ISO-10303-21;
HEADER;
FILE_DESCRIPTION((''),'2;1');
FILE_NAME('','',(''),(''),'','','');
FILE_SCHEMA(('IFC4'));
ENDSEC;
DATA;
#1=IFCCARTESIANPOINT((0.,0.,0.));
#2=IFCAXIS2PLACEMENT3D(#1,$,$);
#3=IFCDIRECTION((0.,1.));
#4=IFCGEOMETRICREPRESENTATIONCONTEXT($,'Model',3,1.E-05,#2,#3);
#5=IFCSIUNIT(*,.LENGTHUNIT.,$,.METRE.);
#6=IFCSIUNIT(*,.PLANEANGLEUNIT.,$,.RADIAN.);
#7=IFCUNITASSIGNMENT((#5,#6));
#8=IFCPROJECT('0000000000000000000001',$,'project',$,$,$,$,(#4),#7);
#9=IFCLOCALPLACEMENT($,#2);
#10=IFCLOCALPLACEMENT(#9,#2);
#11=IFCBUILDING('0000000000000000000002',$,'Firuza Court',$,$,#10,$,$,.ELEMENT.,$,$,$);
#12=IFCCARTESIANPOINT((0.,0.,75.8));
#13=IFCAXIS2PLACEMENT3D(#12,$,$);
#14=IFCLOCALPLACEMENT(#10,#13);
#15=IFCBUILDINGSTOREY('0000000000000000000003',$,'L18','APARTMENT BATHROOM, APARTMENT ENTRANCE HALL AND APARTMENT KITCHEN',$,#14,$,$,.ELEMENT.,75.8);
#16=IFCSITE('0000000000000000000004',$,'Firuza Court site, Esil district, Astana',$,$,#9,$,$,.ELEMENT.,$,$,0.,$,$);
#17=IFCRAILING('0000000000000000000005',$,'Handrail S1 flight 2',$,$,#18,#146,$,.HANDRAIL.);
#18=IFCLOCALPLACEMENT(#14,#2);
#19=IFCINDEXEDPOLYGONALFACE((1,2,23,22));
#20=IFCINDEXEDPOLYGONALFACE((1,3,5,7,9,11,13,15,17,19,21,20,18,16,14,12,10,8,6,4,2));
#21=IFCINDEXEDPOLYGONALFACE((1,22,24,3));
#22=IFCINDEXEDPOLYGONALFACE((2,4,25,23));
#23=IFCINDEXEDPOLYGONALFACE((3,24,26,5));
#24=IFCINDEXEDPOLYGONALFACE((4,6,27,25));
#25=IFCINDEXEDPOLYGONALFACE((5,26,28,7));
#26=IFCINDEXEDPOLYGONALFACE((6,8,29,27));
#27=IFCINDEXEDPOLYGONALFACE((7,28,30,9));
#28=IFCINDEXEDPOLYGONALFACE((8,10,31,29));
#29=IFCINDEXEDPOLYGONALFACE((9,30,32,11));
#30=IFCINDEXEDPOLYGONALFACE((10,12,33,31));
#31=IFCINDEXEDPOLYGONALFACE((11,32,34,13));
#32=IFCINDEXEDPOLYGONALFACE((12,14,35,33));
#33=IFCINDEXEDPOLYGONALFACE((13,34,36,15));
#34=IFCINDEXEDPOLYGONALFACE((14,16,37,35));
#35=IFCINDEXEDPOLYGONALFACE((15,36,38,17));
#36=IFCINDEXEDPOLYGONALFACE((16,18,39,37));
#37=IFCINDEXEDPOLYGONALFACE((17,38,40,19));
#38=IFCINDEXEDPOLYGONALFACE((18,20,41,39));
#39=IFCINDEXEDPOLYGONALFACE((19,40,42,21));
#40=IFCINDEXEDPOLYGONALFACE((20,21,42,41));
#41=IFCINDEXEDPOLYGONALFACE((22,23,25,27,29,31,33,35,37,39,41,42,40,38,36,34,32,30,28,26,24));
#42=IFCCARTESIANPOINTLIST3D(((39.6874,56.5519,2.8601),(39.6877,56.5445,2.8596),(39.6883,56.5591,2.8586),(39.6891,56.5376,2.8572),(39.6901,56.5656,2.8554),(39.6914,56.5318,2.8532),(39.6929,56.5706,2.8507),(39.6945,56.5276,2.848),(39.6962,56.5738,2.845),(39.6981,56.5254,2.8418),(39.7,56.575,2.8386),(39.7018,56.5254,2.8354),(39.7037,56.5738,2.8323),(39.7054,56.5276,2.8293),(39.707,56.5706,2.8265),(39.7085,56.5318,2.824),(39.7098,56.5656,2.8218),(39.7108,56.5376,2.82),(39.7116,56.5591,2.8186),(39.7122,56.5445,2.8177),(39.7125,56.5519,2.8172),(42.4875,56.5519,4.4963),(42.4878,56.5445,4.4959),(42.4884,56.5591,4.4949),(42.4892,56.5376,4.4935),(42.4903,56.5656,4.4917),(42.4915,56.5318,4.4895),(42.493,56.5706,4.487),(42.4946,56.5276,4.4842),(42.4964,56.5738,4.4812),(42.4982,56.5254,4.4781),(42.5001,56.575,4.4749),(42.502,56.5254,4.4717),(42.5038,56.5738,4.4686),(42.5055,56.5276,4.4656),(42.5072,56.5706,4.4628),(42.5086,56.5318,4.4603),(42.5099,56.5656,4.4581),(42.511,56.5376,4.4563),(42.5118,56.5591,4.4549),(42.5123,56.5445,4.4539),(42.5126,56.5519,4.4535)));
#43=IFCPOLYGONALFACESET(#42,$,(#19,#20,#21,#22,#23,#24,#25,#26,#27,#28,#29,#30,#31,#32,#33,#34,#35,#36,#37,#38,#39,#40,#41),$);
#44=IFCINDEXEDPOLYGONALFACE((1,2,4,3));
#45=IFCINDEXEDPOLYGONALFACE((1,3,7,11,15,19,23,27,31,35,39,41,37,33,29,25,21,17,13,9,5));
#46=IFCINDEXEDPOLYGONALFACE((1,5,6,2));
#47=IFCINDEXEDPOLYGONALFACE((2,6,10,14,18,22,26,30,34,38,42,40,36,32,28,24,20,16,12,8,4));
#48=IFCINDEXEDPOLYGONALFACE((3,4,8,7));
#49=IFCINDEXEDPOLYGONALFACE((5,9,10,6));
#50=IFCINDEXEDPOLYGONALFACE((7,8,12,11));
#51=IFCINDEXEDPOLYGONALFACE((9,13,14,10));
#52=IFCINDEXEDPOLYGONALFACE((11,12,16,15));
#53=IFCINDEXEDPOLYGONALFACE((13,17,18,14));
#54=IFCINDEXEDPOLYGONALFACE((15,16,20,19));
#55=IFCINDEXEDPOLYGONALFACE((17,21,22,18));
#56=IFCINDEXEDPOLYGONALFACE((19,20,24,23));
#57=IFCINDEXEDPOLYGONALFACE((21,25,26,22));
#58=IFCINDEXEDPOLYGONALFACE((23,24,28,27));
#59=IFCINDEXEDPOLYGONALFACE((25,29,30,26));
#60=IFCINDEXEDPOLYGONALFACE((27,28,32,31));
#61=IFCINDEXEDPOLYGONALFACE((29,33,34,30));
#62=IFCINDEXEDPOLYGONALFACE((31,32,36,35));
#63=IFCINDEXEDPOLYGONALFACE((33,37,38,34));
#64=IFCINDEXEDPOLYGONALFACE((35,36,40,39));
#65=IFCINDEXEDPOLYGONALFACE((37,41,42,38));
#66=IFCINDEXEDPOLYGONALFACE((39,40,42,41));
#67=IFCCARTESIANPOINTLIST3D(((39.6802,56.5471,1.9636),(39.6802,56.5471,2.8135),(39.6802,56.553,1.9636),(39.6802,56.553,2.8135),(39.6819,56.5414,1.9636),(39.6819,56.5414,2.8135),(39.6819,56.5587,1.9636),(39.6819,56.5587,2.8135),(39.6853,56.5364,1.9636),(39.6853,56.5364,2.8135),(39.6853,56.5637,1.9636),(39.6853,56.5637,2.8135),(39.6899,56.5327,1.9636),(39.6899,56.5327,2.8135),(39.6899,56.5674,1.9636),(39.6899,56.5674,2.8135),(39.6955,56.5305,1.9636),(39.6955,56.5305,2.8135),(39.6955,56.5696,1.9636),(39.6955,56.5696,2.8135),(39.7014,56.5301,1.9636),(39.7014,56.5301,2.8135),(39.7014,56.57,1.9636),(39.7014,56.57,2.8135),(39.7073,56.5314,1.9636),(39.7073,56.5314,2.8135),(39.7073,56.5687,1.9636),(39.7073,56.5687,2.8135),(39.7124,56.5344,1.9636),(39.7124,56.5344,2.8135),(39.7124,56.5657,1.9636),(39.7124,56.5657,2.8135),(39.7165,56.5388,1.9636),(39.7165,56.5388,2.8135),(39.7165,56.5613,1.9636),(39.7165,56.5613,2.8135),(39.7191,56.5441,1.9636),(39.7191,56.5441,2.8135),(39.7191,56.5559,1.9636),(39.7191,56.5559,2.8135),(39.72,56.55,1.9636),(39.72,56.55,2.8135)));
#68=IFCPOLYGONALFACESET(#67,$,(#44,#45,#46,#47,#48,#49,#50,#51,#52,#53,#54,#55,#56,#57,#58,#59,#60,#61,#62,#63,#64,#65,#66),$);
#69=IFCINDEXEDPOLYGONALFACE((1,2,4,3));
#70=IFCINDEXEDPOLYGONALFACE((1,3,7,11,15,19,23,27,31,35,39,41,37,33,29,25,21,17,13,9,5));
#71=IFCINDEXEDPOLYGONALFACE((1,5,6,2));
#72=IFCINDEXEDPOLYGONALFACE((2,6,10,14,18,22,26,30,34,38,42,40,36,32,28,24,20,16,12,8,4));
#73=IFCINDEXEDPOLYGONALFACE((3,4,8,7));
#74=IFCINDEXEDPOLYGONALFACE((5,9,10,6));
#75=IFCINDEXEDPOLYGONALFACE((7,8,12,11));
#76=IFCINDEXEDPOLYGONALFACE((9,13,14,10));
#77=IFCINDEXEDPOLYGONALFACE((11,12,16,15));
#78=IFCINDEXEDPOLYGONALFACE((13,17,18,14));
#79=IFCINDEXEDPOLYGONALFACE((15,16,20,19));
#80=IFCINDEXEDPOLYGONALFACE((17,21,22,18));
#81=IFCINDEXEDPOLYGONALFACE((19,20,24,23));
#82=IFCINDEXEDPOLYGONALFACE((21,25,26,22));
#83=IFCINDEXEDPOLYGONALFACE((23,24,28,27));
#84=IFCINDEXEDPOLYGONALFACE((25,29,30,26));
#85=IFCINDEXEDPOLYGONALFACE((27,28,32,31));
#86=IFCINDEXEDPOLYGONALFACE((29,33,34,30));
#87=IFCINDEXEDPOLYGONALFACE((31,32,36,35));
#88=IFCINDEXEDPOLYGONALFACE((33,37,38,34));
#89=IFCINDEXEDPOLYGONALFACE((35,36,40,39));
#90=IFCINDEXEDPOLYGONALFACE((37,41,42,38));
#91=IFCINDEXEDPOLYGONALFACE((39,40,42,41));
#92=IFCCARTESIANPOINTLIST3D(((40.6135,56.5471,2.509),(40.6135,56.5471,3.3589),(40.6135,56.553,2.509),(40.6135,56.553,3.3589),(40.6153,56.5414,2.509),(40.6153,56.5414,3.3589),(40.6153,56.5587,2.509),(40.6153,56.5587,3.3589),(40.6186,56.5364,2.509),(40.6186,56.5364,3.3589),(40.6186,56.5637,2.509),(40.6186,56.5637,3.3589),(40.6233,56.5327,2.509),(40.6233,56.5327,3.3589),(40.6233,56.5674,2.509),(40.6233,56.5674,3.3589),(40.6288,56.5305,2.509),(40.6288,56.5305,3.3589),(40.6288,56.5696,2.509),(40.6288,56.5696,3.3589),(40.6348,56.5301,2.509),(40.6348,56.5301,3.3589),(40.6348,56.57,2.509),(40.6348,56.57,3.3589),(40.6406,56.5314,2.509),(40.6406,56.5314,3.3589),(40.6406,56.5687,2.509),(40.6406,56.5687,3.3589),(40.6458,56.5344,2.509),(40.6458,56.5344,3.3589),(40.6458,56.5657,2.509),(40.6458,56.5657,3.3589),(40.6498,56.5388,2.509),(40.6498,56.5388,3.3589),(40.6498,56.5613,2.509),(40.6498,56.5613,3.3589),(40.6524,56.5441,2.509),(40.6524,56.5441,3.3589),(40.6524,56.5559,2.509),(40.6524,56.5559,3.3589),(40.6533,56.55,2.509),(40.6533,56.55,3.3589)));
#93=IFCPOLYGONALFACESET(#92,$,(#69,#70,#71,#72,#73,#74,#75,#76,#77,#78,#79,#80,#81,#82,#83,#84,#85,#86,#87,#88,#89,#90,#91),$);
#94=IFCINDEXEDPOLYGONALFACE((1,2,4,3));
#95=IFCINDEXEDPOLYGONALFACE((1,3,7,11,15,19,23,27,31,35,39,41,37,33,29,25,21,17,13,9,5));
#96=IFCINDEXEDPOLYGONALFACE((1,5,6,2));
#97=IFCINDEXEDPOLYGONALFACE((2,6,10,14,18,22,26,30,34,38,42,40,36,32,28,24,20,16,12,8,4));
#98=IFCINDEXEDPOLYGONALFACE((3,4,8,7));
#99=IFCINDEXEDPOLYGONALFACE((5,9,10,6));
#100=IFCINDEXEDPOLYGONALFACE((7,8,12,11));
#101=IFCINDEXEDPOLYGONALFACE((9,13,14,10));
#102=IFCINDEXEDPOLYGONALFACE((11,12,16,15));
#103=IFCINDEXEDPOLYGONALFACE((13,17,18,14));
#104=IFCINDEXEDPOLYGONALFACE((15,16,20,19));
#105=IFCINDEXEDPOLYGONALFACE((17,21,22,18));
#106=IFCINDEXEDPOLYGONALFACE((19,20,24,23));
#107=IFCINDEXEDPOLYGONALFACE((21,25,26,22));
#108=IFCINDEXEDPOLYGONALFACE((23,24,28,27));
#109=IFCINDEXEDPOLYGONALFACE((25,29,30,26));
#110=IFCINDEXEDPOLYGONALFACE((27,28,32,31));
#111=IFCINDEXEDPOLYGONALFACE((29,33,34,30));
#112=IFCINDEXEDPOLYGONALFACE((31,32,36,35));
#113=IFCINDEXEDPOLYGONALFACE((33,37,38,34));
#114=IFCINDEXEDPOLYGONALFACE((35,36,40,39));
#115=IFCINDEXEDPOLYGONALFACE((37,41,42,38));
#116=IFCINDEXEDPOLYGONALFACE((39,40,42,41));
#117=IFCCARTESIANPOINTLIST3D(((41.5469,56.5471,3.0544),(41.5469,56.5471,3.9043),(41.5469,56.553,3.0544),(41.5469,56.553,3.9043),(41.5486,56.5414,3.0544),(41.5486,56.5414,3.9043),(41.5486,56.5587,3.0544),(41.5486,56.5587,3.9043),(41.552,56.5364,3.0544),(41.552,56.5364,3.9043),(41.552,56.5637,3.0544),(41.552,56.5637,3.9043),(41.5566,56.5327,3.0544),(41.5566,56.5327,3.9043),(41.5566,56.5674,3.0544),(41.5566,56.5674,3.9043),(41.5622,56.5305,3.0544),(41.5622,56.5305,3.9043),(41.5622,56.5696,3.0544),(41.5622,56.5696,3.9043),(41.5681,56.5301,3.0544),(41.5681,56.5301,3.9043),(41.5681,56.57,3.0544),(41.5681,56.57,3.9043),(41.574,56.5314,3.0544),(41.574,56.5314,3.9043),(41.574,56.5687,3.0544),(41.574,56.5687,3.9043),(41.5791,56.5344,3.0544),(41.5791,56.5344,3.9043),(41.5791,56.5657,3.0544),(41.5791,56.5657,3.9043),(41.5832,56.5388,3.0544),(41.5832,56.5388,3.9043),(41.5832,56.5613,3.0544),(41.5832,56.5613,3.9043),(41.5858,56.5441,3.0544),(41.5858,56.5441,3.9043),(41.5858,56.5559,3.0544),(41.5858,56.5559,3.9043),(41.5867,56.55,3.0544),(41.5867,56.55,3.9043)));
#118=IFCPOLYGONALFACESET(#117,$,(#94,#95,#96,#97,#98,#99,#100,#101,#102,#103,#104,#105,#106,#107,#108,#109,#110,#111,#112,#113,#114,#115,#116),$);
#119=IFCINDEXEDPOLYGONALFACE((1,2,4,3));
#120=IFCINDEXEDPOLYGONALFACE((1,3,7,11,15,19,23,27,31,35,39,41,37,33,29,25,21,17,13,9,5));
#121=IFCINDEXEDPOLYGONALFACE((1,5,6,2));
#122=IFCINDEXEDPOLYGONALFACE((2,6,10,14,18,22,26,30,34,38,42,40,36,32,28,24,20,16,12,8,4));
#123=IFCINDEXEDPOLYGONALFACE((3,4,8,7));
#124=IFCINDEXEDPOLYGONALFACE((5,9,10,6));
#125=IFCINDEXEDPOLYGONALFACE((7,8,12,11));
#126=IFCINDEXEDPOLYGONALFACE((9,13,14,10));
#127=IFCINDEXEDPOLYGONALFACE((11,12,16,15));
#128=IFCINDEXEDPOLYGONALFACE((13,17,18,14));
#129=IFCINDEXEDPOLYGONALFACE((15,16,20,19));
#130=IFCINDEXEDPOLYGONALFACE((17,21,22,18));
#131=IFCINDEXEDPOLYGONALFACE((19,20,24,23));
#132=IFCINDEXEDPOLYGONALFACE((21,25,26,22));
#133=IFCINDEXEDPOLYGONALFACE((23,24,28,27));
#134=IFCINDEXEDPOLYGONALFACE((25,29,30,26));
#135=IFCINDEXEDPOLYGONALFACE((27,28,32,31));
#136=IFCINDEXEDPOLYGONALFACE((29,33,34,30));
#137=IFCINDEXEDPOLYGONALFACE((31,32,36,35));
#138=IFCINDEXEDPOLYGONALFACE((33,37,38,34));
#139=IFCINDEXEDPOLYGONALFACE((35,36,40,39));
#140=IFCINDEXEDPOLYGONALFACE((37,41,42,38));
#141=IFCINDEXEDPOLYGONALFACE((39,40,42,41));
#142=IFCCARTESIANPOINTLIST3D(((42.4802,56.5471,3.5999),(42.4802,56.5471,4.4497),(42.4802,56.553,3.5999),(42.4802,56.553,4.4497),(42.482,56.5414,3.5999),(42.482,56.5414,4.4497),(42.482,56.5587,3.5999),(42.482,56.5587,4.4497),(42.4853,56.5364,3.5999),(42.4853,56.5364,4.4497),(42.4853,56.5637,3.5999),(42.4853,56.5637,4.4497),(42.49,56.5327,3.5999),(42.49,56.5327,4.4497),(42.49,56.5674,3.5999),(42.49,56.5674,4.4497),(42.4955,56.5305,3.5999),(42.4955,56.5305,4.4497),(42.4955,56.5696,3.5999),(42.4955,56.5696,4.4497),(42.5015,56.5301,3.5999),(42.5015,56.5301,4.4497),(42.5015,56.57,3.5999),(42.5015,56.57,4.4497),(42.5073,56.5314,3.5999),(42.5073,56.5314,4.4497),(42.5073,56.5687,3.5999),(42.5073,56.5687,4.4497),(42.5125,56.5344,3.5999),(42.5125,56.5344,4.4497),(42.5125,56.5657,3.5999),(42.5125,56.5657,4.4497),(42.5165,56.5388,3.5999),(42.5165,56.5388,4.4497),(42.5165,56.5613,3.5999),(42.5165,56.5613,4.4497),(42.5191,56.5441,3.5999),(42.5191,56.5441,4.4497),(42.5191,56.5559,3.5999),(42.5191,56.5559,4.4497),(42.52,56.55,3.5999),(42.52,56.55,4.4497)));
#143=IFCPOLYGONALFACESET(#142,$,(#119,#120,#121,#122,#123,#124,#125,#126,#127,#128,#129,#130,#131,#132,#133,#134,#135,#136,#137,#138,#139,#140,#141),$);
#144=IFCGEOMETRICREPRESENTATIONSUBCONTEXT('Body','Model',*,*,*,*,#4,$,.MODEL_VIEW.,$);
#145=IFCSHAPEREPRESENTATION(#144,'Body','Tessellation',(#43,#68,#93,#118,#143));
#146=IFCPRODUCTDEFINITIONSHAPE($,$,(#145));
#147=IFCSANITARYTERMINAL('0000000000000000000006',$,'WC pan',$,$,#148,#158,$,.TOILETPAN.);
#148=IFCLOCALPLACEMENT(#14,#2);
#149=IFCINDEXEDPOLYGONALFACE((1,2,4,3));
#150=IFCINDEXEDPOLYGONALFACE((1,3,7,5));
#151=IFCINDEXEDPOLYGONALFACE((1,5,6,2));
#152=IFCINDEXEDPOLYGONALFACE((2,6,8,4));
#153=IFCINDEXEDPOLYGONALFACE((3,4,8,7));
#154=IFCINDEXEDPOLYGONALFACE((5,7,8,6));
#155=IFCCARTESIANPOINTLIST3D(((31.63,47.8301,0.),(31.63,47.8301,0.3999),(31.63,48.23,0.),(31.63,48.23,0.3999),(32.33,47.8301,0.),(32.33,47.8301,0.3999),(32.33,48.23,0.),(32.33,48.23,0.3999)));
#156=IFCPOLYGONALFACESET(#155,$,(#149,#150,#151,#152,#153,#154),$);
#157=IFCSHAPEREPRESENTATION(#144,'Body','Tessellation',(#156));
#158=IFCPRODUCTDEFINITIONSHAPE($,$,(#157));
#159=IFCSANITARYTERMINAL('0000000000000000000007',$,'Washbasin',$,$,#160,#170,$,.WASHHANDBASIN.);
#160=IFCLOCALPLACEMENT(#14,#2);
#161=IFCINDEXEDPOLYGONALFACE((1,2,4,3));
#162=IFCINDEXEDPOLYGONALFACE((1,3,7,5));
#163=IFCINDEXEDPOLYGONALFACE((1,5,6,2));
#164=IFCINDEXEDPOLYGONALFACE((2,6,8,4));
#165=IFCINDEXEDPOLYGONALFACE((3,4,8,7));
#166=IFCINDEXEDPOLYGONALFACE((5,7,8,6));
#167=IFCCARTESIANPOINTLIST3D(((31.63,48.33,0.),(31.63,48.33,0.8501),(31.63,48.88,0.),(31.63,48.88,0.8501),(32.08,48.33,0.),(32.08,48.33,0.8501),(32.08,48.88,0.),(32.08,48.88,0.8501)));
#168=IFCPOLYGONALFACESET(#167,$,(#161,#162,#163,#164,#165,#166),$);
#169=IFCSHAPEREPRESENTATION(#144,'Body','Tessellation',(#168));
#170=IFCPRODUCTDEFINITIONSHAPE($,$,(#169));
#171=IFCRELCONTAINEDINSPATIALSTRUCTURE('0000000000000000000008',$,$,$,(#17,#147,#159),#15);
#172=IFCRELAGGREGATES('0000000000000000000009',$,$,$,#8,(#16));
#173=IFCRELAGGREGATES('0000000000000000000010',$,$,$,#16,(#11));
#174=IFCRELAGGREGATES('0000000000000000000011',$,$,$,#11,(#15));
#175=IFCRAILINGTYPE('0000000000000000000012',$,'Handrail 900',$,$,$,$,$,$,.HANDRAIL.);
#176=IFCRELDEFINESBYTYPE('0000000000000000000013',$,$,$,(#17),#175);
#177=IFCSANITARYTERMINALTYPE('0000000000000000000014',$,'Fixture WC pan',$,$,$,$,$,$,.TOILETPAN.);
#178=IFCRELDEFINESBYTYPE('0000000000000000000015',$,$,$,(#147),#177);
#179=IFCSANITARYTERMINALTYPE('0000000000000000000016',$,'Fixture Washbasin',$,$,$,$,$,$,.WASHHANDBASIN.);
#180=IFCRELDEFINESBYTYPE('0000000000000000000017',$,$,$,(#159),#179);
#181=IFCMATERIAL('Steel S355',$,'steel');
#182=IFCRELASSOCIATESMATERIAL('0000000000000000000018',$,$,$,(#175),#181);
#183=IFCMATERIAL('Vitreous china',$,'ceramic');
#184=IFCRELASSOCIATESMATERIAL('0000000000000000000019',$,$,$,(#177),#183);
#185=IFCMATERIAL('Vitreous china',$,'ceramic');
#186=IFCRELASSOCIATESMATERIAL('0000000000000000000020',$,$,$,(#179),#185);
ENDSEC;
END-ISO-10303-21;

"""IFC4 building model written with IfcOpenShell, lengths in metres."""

from ifc_helpers import new_model, si_unit, direction, frame, origin, origin_2d, place, context, subcontext, project, spatial, rectangle, circle, extrude, material, type_object, element, save


model = new_model("IFC4")

# Units and contexts
model_context = context("Model", 3, precision=1e-05, world=origin(), true_north=direction((0.0, 1.0)))
body_context = subcontext(model_context, "Body", "Model", "MODEL_VIEW")
ifc_project = project(units=[si_unit("LENGTHUNIT", "METRE"), si_unit("PLANEANGLEUNIT", "RADIAN")], contexts=[model_context])

# Site, building, storey
site_placement = place(None, origin())
site = spatial("IfcSite", under=ifc_project, at=site_placement, Name="Firuza Court site, Esil district, Astana", CompositionType="ELEMENT", RefElevation=0.0)
building_placement = place(site_placement, origin())
building = spatial("IfcBuilding", under=site, at=building_placement, Name="Firuza Court", CompositionType="ELEMENT")
storey_placement = place(building_placement, frame((0.0, 0.0, 75.8)))
storey = spatial("IfcBuildingStorey", under=building, at=storey_placement, Name="L18", Description="APARTMENT BATHROOM, APARTMENT ENTRANCE HALL AND APARTMENT KITCHEN", CompositionType="ELEMENT", Elevation=75.8)

# Railing
ifc_material_1 = material(Name="Steel S355", Category="steel")
railing_type_1 = type_object("IfcRailingType", Name="Handrail 900", PredefinedType="HANDRAIL", material=ifc_material_1)
railing_1_placement = place(storey_placement, frame((39.7, 56.55, 1.9636)))
element("IfcRailing", 1, at=railing_1_placement, inside=storey, type_object=railing_type_1, Name="Handrail S1 flight 2", PredefinedType="HANDRAIL", context=body_context, shape_type="SweptSolid", body=[
    extrude(circle(Radius=0.0249, at=origin_2d()), frame((0.0, 0.0, 0.875), z_axis=(0.863394, 0.0, 0.504531), x_axis=(0.0, 1.0, 0.0)), (0.0, 0.0, 1.0), 3.2432),
    extrude(circle(Radius=0.02, at=origin_2d()), origin(), (0.0, 0.0, 1.0), 0.8499),
    extrude(circle(Radius=0.02, at=origin_2d()), frame((0.9333, 0.0, 0.5454)), (0.0, 0.0, 1.0), 0.8499),
    extrude(circle(Radius=0.02, at=origin_2d()), frame((1.8667, 0.0, 1.0908)), (0.0, 0.0, 1.0), 0.8499),
    extrude(circle(Radius=0.02, at=origin_2d()), frame((2.8, 0.0, 1.6362)), (0.0, 0.0, 1.0), 0.8499),
])

# Sanitary terminals
ifc_material_2 = material(Name="Vitreous china", Category="ceramic")
sanitary_terminal_type_1 = type_object("IfcSanitaryTerminalType", Name="Fixture WC pan", PredefinedType="TOILETPAN", material=ifc_material_2)
sanitary_terminal_1_placement = place(storey_placement, frame((31.98, 48.03, 0.0), z_axis=(0.0, 0.0, 1.0), x_axis=(1.0, 0.0, 0.0)))
element("IfcSanitaryTerminal", 2, at=sanitary_terminal_1_placement, inside=storey, type_object=sanitary_terminal_type_1, Name="WC pan", PredefinedType="TOILETPAN", context=body_context, shape_type="SweptSolid", body=[
    extrude(rectangle(XDim=0.7, YDim=0.3999, at=origin_2d()), origin(), (0.0, 0.0, 1.0), 0.3999),
])
ifc_material_3 = material(Name="Vitreous china", Category="ceramic")
sanitary_terminal_type_2 = type_object("IfcSanitaryTerminalType", Name="Fixture Washbasin", PredefinedType="WASHHANDBASIN", material=ifc_material_3)
sanitary_terminal_2_placement = place(storey_placement, frame((31.855, 48.605, 0.0), z_axis=(0.0, 0.0, 1.0), x_axis=(1.0, 0.0, 0.0)))
element("IfcSanitaryTerminal", 3, at=sanitary_terminal_2_placement, inside=storey, type_object=sanitary_terminal_type_2, Name="Washbasin", PredefinedType="WASHHANDBASIN", context=body_context, shape_type="SweptSolid", body=[
    extrude(rectangle(XDim=0.45, YDim=0.55, at=origin_2d()), origin(), (0.0, 0.0, 1.0), 0.8501),
])

save(model, "model.ifc")
